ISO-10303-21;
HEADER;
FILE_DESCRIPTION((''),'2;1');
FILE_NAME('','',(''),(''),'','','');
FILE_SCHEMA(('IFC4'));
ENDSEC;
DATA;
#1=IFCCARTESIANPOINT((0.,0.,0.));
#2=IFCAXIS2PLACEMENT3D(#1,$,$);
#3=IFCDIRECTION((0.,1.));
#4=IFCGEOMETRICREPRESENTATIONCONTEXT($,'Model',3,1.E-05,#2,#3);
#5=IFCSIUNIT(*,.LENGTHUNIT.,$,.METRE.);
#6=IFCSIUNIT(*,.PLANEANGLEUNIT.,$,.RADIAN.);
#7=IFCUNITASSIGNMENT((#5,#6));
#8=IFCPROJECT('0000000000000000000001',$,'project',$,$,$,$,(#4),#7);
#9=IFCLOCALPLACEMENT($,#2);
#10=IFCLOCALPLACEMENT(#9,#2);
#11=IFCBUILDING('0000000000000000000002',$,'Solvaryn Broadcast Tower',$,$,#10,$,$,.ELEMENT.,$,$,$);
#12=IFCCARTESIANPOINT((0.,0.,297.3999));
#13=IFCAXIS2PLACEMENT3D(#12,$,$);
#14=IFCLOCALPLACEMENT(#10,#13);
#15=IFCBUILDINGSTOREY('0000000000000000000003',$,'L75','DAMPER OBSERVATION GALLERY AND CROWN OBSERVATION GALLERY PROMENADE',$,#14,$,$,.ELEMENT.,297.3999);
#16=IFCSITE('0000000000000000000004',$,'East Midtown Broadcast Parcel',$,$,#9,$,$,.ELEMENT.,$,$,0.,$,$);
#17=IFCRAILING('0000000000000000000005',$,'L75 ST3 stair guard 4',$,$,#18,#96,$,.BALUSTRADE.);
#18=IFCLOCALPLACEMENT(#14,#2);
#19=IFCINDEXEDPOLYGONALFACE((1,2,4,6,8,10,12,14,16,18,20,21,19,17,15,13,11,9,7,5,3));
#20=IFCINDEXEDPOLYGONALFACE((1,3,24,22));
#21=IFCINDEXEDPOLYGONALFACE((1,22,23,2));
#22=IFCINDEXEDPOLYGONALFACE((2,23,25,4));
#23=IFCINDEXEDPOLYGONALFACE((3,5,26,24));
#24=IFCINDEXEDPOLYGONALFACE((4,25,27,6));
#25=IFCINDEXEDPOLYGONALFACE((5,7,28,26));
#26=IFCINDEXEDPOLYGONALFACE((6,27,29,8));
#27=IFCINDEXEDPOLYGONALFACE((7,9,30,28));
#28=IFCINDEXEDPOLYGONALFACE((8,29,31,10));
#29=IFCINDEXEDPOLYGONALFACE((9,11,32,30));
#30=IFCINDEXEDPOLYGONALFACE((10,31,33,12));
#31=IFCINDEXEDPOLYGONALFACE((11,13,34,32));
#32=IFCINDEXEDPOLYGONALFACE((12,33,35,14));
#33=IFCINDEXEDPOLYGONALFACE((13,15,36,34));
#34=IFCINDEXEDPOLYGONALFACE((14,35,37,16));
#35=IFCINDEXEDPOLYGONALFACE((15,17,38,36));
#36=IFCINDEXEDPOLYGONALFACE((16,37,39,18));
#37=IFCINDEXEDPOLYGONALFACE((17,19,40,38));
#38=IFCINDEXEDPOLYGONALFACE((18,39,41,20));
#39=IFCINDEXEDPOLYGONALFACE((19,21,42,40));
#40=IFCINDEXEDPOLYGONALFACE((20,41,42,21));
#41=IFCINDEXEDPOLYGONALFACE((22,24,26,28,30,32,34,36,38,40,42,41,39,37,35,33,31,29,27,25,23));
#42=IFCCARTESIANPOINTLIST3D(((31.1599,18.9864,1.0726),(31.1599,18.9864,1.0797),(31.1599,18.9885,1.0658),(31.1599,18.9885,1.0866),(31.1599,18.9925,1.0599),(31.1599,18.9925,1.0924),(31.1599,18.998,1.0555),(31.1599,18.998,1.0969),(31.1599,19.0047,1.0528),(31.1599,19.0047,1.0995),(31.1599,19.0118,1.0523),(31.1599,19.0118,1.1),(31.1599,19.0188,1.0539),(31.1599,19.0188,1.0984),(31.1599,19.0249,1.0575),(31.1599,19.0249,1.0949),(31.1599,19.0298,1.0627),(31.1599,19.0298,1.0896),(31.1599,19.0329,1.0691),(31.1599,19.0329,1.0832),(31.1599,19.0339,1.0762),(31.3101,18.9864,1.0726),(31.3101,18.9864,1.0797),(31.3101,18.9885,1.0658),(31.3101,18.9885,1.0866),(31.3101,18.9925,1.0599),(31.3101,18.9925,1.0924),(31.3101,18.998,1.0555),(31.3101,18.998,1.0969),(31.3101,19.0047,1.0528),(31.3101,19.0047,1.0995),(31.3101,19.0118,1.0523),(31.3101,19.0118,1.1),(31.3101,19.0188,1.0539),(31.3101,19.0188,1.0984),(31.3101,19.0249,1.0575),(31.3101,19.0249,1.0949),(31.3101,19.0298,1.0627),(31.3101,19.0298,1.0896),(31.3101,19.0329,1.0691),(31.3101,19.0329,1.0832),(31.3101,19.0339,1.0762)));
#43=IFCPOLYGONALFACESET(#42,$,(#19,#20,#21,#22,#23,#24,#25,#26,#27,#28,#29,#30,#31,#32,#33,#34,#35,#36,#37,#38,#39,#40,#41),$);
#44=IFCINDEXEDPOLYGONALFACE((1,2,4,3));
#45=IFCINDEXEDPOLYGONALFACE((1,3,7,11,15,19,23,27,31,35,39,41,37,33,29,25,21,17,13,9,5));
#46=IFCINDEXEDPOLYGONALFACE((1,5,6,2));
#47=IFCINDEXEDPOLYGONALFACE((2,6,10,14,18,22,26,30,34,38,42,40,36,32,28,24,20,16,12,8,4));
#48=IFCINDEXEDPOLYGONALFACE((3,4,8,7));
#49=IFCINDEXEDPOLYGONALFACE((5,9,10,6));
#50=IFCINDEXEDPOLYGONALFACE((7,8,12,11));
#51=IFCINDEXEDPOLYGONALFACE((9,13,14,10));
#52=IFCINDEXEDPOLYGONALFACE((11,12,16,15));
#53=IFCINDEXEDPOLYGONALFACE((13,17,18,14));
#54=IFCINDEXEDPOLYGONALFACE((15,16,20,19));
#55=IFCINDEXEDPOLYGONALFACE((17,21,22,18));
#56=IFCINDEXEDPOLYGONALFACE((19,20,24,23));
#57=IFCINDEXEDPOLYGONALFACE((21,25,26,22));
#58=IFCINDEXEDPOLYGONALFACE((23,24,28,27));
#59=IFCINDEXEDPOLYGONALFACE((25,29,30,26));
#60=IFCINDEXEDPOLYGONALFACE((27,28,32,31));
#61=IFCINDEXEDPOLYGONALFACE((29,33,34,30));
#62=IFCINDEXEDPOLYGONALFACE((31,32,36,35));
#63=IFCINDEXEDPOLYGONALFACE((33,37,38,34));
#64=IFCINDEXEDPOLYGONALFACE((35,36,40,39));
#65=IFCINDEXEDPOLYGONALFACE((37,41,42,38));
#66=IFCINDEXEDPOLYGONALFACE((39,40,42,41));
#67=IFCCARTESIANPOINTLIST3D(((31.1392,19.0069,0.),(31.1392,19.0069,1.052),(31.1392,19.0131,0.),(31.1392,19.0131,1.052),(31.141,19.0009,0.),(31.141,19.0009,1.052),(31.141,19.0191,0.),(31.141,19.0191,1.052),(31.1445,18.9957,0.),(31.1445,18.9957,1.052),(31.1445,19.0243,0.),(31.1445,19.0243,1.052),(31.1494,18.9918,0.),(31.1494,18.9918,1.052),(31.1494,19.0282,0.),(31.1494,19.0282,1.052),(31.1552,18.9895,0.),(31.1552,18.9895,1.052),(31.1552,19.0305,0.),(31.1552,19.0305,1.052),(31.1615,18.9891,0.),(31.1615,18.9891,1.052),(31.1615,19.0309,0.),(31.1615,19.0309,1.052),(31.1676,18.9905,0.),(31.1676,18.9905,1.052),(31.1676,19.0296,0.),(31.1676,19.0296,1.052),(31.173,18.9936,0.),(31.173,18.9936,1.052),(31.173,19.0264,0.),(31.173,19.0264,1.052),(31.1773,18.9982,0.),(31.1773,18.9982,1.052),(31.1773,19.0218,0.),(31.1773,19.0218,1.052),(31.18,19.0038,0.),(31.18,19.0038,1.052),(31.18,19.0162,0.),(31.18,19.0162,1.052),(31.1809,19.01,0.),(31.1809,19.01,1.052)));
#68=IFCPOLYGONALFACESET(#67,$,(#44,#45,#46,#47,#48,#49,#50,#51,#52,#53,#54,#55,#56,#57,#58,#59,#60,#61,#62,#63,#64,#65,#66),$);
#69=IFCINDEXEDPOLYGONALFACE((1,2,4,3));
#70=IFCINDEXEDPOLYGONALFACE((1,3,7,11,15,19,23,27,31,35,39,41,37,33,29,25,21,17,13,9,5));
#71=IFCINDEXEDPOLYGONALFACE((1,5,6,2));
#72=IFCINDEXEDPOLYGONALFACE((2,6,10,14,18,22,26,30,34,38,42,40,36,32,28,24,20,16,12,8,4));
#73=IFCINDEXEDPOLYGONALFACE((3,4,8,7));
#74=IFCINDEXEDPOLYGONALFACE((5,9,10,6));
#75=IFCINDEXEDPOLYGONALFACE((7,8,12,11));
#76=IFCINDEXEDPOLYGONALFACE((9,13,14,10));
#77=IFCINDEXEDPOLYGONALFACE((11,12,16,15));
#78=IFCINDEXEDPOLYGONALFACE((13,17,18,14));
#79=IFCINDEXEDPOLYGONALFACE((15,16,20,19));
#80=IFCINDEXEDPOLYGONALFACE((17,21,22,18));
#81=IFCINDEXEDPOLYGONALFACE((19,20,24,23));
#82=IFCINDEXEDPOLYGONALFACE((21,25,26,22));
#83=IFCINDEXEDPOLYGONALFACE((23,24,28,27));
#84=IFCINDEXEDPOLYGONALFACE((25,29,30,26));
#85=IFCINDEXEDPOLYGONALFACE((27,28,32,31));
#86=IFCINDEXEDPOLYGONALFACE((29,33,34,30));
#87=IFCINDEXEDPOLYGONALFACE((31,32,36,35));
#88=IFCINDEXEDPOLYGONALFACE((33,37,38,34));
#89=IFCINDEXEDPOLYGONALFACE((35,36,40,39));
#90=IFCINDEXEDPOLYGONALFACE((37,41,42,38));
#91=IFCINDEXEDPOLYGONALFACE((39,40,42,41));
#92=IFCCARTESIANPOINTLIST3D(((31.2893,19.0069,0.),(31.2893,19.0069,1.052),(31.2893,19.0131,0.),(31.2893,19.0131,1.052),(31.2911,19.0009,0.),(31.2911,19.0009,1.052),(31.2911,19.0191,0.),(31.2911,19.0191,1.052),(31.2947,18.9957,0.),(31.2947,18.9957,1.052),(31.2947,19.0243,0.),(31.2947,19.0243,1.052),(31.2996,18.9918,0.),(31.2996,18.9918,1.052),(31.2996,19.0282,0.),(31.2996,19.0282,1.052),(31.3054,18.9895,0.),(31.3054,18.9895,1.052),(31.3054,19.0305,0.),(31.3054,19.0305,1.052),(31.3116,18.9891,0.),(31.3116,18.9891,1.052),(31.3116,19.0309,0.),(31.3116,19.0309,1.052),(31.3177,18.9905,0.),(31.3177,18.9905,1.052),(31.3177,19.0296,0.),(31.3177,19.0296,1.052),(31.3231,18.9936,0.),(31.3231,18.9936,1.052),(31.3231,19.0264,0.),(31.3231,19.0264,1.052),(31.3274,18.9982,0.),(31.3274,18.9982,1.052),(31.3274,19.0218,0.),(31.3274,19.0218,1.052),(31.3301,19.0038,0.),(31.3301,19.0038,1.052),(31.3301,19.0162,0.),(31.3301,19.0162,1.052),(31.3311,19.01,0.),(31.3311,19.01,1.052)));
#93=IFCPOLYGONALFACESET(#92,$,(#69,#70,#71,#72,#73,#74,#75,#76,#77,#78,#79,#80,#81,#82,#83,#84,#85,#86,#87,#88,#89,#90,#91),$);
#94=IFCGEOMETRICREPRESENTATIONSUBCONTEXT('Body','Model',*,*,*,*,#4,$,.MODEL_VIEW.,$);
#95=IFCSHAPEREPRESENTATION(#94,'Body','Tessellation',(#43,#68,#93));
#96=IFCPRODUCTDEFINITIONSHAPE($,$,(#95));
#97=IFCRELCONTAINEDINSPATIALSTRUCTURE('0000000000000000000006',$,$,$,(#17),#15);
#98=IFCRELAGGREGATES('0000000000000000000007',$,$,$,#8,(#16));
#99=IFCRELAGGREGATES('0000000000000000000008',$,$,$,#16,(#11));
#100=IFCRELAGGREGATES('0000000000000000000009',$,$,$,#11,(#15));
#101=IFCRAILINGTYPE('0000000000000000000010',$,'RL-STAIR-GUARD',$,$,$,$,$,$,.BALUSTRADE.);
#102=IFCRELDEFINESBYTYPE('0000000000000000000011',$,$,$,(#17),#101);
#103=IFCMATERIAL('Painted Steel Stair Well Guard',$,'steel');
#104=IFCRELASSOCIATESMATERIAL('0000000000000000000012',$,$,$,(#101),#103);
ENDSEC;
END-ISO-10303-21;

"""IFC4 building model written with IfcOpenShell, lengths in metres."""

from ifc_helpers import new_model, si_unit, direction, frame, origin, origin_2d, place, context, subcontext, project, spatial, circle, extrude, material, type_object, element, save


model = new_model("IFC4")

# Units and contexts
model_context = context("Model", 3, precision=1e-05, world=origin(), true_north=direction((0.0, 1.0)))
body_context = subcontext(model_context, "Body", "Model", "MODEL_VIEW")
ifc_project = project(units=[si_unit("LENGTHUNIT", "METRE"), si_unit("PLANEANGLEUNIT", "RADIAN")], contexts=[model_context])

# Site, building, storey
site_placement = place(None, origin())
site = spatial("IfcSite", under=ifc_project, at=site_placement, Name="East Midtown Broadcast Parcel", CompositionType="ELEMENT", RefElevation=0.0)
building_placement = place(site_placement, origin())
building = spatial("IfcBuilding", under=site, at=building_placement, Name="Solvaryn Broadcast Tower", CompositionType="ELEMENT")
storey_placement = place(building_placement, frame((0.0, 0.0, 297.3999)))
storey = spatial("IfcBuildingStorey", under=building, at=storey_placement, Name="L75", Description="DAMPER OBSERVATION GALLERY AND CROWN OBSERVATION GALLERY PROMENADE", CompositionType="ELEMENT", Elevation=297.3999)

# Railing
ifc_material_1 = material(Name="Painted Steel Stair Well Guard", Category="steel")
railing_type_1 = type_object("IfcRailingType", Name="RL-STAIR-GUARD", PredefinedType="BALUSTRADE", material=ifc_material_1)
railing_1_placement = place(storey_placement, frame((31.1599, 19.01, 0.0)))
element("IfcRailing", 1, at=railing_1_placement, inside=storey, type_object=railing_type_1, Name="L75 ST3 stair guard 4", PredefinedType="BALUSTRADE", context=body_context, shape_type="SweptSolid", body=[
    extrude(circle(Radius=0.0239, at=origin_2d()), frame((0.0, 0.0, 1.0762), z_axis=(1.0, 0.0, 0.0), x_axis=(0.0, 1.0, 0.0)), (0.0, 0.0, 1.0), 0.1501),
    extrude(circle(Radius=0.021, at=origin_2d()), origin(), (0.0, 0.0, 1.0), 1.052),
    extrude(circle(Radius=0.021, at=origin_2d()), frame((0.1501, 0.0, 0.0)), (0.0, 0.0, 1.0), 1.052),
])

save(model, "model.ifc")
